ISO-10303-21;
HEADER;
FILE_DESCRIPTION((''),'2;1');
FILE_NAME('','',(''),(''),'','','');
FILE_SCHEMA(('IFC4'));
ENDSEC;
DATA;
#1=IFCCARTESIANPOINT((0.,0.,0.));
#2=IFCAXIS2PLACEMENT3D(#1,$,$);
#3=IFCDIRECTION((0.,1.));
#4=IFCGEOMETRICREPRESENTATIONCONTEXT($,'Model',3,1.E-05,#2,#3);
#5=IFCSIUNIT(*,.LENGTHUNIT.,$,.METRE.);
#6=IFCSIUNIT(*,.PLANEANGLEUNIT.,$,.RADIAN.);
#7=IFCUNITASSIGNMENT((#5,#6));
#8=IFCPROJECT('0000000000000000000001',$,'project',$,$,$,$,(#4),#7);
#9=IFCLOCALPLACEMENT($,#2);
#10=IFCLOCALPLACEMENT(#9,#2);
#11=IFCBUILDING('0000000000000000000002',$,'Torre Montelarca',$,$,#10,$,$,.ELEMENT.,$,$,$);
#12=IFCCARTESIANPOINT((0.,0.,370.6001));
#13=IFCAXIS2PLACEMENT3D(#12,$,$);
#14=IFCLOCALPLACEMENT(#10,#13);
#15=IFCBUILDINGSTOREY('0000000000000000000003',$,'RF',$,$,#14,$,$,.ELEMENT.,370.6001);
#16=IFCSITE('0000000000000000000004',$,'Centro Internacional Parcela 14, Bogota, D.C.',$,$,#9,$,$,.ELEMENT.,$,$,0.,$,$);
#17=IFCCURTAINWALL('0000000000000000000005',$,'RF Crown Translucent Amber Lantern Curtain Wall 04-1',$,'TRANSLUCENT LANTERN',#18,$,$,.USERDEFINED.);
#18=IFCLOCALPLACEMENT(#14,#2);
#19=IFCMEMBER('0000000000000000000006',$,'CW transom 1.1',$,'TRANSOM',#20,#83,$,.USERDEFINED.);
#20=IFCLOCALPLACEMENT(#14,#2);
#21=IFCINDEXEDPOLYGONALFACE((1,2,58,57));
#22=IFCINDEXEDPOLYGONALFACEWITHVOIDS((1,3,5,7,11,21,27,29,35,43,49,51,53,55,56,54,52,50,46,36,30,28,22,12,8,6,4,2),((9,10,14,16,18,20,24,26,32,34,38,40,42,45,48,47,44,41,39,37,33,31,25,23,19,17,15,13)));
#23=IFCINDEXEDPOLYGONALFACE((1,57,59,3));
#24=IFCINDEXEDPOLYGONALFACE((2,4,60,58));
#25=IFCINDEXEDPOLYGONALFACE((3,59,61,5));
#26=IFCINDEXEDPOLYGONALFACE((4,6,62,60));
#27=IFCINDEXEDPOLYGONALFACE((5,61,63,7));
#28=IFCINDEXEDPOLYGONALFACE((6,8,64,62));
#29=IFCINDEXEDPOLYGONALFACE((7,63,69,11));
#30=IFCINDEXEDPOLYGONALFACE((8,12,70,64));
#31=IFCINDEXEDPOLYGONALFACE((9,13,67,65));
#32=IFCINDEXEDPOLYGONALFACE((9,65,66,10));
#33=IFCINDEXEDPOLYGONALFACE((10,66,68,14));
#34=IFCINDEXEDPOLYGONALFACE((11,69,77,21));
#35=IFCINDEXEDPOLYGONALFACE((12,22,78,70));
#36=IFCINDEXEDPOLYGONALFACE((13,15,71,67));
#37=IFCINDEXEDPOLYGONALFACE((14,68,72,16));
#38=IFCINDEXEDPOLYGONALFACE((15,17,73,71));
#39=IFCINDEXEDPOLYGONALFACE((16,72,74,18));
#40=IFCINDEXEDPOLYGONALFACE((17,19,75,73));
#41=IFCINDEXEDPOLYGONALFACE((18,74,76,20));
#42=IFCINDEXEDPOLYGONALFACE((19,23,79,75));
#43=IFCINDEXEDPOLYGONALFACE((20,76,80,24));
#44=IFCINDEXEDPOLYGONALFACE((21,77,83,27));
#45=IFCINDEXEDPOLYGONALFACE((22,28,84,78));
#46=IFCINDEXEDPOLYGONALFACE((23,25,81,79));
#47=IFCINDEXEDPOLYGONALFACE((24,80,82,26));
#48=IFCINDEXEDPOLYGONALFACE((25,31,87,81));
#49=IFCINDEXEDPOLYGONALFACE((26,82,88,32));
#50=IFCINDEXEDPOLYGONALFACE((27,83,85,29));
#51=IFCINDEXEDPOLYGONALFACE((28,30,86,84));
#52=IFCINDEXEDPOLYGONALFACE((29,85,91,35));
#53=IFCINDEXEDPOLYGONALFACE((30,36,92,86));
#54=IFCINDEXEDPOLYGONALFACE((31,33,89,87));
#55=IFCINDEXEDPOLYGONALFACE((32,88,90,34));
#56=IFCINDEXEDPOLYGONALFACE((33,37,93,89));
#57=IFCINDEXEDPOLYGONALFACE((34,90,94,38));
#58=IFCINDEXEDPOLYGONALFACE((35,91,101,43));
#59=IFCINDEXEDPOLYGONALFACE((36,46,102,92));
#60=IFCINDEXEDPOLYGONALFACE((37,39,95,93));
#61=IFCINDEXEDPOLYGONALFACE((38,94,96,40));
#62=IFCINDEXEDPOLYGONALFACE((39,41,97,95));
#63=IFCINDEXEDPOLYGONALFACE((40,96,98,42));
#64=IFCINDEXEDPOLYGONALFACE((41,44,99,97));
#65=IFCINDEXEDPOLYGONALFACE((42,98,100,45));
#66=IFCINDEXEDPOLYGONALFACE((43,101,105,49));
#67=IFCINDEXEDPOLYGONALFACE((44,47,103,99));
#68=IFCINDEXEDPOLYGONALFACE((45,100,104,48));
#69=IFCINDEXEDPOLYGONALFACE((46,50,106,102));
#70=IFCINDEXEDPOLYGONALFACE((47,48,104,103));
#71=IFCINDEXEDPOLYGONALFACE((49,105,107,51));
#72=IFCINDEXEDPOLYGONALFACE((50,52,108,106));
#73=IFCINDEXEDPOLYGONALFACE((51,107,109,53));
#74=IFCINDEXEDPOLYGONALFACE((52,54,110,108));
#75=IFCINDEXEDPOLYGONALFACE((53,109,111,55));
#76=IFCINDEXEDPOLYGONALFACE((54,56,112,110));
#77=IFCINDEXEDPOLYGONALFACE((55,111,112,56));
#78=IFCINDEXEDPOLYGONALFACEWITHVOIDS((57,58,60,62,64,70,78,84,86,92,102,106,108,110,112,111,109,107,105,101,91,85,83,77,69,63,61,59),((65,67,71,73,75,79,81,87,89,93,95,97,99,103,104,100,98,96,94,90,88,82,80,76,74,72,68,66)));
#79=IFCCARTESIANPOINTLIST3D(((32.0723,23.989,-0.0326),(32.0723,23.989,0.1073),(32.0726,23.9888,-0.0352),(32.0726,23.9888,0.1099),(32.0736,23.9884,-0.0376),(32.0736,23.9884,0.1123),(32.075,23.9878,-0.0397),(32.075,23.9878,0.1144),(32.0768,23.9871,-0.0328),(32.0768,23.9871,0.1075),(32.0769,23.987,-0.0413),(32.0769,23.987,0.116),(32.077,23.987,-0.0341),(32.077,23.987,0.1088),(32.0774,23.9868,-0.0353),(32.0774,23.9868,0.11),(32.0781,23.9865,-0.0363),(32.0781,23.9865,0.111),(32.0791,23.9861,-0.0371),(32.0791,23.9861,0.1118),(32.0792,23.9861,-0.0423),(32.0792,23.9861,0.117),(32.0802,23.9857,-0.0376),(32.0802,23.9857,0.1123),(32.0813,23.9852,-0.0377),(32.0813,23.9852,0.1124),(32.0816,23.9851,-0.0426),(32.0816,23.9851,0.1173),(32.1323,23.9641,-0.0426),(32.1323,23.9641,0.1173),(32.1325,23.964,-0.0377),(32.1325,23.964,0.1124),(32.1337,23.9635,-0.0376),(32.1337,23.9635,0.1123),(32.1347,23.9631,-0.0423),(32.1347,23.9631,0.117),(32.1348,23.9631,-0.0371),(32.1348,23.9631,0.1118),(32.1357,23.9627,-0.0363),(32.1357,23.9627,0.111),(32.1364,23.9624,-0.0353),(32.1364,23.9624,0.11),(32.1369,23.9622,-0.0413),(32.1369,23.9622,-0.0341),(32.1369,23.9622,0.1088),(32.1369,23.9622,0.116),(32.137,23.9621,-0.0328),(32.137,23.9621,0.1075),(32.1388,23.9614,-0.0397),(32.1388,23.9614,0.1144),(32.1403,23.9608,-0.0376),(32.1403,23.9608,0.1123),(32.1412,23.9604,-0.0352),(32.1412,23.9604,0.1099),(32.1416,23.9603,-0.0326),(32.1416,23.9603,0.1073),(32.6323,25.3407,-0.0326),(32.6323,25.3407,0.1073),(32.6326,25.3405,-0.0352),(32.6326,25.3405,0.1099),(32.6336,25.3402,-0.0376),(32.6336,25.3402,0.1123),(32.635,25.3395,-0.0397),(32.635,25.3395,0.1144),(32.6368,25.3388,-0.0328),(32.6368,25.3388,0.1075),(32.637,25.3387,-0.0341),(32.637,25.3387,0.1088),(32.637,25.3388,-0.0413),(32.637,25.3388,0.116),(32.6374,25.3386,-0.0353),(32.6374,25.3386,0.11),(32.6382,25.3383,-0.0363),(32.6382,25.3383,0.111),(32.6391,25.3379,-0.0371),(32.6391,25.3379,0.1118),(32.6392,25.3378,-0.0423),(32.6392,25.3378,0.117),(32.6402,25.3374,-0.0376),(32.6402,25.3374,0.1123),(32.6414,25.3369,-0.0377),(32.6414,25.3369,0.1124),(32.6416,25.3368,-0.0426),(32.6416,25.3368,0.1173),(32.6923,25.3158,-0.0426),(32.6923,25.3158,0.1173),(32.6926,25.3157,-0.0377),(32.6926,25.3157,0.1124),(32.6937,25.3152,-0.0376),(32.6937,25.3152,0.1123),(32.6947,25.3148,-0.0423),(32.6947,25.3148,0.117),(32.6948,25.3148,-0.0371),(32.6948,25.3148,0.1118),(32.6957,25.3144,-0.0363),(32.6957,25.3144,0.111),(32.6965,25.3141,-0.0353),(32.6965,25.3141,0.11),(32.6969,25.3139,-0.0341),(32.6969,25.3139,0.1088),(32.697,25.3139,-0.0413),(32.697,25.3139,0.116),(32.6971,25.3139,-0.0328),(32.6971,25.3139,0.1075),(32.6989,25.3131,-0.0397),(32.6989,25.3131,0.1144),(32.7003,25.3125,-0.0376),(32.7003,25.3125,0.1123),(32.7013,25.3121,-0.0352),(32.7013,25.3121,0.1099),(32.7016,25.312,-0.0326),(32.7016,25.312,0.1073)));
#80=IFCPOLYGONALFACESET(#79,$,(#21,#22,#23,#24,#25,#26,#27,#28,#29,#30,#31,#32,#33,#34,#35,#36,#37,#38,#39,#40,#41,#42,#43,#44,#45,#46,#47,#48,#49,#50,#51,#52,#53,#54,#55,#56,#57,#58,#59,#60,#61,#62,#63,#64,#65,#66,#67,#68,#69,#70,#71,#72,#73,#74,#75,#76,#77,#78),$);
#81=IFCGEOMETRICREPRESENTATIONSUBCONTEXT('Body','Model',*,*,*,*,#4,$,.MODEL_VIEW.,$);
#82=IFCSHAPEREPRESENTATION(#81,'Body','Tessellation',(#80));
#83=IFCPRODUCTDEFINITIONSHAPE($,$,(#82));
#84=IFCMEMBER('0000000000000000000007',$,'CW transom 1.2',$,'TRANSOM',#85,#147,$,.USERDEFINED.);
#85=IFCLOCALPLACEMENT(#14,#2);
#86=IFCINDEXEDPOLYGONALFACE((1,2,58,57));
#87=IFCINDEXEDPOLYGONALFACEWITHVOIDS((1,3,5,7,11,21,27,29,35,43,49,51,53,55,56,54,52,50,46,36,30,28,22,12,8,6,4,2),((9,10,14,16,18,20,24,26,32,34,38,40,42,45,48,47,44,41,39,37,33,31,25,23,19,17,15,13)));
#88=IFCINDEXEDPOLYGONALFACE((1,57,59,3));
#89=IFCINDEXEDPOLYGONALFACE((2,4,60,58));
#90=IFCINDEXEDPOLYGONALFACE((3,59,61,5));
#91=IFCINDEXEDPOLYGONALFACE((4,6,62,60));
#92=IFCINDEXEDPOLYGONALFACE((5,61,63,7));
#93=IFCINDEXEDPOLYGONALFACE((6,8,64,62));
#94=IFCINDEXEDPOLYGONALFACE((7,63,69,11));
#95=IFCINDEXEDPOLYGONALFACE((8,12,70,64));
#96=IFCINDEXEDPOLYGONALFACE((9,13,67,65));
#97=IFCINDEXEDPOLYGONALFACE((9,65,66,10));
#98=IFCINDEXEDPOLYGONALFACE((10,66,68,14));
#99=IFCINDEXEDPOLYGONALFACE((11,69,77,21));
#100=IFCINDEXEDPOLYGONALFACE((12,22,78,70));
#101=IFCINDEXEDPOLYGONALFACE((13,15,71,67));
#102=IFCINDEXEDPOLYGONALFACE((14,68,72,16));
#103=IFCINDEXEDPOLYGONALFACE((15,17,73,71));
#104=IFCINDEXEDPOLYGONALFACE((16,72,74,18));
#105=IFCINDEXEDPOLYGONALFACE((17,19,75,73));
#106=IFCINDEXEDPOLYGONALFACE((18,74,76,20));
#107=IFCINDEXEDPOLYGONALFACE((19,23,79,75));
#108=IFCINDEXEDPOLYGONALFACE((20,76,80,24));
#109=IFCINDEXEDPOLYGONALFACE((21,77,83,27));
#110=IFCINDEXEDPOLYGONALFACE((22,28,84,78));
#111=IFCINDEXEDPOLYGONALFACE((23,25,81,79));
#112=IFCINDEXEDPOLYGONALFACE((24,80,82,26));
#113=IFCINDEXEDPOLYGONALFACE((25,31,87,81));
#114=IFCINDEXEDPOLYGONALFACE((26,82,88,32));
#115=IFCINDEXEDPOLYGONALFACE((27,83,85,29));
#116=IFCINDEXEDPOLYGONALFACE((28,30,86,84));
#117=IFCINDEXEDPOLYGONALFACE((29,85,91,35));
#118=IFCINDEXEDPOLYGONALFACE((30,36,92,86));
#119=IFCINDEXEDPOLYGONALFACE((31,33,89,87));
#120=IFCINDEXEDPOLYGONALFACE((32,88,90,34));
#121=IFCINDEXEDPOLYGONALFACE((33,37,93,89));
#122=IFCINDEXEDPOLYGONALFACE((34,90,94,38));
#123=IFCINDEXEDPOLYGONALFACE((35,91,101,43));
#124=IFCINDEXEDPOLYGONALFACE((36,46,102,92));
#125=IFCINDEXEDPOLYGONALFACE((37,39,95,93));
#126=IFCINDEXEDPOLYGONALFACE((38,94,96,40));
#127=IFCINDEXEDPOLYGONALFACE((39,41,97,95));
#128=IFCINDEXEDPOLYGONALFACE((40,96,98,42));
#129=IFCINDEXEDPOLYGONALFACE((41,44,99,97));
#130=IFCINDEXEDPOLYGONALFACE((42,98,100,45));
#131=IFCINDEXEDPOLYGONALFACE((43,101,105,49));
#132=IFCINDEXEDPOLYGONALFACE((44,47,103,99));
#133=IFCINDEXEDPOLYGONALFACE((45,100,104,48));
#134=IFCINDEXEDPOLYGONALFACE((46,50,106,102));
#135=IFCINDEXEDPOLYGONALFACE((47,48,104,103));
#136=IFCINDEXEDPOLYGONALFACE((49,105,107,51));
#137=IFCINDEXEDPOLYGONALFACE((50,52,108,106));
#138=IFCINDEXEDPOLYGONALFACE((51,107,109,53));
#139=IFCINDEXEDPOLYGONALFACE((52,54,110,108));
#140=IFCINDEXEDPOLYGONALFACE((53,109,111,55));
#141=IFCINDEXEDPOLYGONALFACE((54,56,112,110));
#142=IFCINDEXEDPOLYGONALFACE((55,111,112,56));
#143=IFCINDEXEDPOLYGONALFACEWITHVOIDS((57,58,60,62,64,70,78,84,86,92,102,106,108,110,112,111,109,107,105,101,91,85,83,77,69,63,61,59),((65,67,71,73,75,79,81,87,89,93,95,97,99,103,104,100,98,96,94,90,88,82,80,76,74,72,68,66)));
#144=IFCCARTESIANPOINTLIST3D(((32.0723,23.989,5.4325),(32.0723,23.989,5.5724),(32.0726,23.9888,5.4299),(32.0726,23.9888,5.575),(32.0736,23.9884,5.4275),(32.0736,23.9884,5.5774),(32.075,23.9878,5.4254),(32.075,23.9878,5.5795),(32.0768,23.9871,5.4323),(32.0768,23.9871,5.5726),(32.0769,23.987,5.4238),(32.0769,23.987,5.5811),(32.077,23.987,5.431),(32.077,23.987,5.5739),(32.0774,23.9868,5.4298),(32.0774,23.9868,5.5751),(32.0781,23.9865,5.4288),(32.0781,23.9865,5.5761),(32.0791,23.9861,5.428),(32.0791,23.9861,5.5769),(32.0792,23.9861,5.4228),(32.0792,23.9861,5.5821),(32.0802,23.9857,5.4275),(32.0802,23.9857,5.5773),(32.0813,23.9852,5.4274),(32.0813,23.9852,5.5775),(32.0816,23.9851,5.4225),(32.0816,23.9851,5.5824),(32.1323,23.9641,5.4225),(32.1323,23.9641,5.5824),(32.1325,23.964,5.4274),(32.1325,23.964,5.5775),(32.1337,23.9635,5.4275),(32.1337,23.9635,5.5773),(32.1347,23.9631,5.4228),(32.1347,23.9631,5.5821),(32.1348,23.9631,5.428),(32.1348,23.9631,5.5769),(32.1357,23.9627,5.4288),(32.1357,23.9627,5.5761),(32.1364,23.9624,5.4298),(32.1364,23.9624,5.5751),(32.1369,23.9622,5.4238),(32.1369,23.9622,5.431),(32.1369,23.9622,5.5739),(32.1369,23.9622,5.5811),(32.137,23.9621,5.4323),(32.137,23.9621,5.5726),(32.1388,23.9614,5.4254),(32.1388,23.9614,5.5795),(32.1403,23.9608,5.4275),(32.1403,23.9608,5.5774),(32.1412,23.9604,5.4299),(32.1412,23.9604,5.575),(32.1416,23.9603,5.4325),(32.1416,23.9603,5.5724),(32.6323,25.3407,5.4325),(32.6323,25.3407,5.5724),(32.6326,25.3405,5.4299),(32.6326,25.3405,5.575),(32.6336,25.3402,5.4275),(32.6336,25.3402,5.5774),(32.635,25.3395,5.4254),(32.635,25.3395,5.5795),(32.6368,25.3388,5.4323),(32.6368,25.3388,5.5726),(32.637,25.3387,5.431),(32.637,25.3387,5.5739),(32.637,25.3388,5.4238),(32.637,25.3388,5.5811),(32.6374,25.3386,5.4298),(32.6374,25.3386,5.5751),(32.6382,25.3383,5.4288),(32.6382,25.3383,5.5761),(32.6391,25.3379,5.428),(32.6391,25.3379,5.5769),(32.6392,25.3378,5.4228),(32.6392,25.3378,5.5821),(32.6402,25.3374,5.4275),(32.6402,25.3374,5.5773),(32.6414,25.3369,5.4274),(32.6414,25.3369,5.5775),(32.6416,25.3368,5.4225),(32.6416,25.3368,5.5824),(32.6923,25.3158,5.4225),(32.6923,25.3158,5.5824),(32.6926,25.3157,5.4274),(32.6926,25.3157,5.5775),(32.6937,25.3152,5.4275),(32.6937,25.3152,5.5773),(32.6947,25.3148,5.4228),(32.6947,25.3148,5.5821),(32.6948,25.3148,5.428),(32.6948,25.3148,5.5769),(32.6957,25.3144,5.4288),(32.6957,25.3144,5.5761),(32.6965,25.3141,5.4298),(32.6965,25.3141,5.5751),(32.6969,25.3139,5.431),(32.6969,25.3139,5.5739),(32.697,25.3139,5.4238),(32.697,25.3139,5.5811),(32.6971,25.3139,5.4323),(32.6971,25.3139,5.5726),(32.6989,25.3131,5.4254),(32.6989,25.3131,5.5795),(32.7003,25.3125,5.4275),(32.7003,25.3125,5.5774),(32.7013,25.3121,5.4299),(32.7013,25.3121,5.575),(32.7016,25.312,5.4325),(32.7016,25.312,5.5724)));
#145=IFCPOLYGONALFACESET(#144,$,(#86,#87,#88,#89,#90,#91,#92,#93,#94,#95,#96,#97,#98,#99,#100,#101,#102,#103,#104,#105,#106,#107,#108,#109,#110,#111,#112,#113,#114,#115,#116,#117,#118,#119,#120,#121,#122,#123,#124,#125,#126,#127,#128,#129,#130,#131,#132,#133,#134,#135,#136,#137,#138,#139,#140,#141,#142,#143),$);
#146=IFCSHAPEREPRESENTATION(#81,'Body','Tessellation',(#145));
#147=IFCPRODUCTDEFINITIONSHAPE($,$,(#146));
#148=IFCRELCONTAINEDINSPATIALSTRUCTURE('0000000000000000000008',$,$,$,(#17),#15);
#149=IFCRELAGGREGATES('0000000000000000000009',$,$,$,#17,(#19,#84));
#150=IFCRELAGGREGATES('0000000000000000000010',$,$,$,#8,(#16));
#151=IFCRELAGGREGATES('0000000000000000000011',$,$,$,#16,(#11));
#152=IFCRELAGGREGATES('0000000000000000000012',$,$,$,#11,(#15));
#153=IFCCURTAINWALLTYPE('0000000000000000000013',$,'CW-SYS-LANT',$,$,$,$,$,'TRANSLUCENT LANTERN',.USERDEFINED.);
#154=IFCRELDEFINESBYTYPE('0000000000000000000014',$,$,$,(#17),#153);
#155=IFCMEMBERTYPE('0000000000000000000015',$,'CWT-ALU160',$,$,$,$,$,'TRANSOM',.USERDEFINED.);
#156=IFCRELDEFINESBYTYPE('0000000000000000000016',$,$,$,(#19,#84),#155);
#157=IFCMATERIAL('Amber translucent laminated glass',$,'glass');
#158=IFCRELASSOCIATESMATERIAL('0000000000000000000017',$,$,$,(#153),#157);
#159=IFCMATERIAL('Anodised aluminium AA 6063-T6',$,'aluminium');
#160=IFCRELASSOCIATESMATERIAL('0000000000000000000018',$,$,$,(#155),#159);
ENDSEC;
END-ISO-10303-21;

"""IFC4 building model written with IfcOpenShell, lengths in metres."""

from ifc_helpers import new_model, si_unit, direction, frame, origin, origin_2d, place, context, subcontext, project, spatial, hollow_rectangle, extrude, source, transform, mapped, material, material_profile, profile_set, type_object, element, aggregate, save


model = new_model("IFC4")

# Units and contexts
model_context = context("Model", 3, precision=1e-05, world=origin(), true_north=direction((0.0, 1.0)))
body_context = subcontext(model_context, "Body", "Model", "MODEL_VIEW")
ifc_project = project(units=[si_unit("LENGTHUNIT", "METRE"), si_unit("PLANEANGLEUNIT", "RADIAN")], contexts=[model_context])

# Site, building, storey
site_placement = place(None, origin())
site = spatial("IfcSite", under=ifc_project, at=site_placement, Name="Centro Internacional Parcela 14, Bogota, D.C.", CompositionType="ELEMENT", RefElevation=0.0)
building_placement = place(site_placement, origin())
building = spatial("IfcBuilding", under=site, at=building_placement, Name="Torre Montelarca", CompositionType="ELEMENT")
storey_placement = place(building_placement, frame((0.0, 0.0, 370.6001)))
storey = spatial("IfcBuildingStorey", under=building, at=storey_placement, Name="RF", CompositionType="ELEMENT", Elevation=370.6001)

# Curtain wall
ifc_material_1 = material(Name="Amber translucent laminated glass", Category="glass")
curtain_wall_type = type_object("IfcCurtainWallType", Name="CW-SYS-LANT", ElementType="TRANSLUCENT LANTERN", PredefinedType="USERDEFINED", material=ifc_material_1)
ifc_material_2 = material(Name="Anodised aluminium AA 6063-T6", Category="aluminium")
curtain_wall_1_placement = place(storey_placement, origin())
curtain_wall_1 = element("IfcCurtainWall", 1, at=curtain_wall_1_placement, inside=storey, type_object=curtain_wall_type, Name="RF Crown Translucent Amber Lantern Curtain Wall 04-1", ObjectType="TRANSLUCENT LANTERN", PredefinedType="USERDEFINED")
ifc_material_profile_1 = material_profile(ifc_material_2, hollow_rectangle(XDim=0.075, YDim=0.1599, WallThickness=0.0049, InnerFilletRadius=0.0049, OuterFilletRadius=0.01, at=origin_2d()), Name="ALU75X160X5", Category="aluminium")
ifc_profile_set_1 = profile_set([ifc_material_profile_1], Name="Anodised aluminium AA 6063-T6")
member_type_1 = type_object("IfcMemberType", Name="CWT-ALU160", ElementType="TRANSOM", PredefinedType="USERDEFINED", material=ifc_profile_set_1)

# Members
shared_shape_1 = source(origin(), body_context, "Body", "SweptSolid", [
    extrude(hollow_rectangle(XDim=0.075, YDim=0.1599, WallThickness=0.0049, InnerFilletRadius=0.0049, OuterFilletRadius=0.01, at=origin_2d()), origin(), (0.0, 0.0, 1.0), 1.4631),
])
member_1_placement = place(storey_placement, frame((32.1069, 23.9746, 0.0374), z_axis=(0.382755, 0.92385, 0.0), x_axis=(-0.92385, 0.382755, 0.0)))
member_1 = element("IfcMember", 2, at=member_1_placement, type_object=member_type_1, Name="CW transom 1.1", ObjectType="TRANSOM", PredefinedType="USERDEFINED", context=body_context, shape_type="MappedRepresentation", body=[
    mapped(shared_shape_1, transform((0.0, 0.0, 0.0), scale=1.0)),
])
member_2_placement = place(storey_placement, frame((32.1069, 23.9746, 5.5024), z_axis=(0.382755, 0.92385, 0.0), x_axis=(-0.92385, 0.382755, 0.0)))
member_2 = element("IfcMember", 3, at=member_2_placement, type_object=member_type_1, Name="CW transom 1.2", ObjectType="TRANSOM", PredefinedType="USERDEFINED", context=body_context, shape_type="MappedRepresentation", body=[
    mapped(shared_shape_1, transform((0.0, 0.0, 0.0), scale=1.0)),
])

aggregate(curtain_wall_1, [member_1, member_2])

save(model, "model.ifc")
